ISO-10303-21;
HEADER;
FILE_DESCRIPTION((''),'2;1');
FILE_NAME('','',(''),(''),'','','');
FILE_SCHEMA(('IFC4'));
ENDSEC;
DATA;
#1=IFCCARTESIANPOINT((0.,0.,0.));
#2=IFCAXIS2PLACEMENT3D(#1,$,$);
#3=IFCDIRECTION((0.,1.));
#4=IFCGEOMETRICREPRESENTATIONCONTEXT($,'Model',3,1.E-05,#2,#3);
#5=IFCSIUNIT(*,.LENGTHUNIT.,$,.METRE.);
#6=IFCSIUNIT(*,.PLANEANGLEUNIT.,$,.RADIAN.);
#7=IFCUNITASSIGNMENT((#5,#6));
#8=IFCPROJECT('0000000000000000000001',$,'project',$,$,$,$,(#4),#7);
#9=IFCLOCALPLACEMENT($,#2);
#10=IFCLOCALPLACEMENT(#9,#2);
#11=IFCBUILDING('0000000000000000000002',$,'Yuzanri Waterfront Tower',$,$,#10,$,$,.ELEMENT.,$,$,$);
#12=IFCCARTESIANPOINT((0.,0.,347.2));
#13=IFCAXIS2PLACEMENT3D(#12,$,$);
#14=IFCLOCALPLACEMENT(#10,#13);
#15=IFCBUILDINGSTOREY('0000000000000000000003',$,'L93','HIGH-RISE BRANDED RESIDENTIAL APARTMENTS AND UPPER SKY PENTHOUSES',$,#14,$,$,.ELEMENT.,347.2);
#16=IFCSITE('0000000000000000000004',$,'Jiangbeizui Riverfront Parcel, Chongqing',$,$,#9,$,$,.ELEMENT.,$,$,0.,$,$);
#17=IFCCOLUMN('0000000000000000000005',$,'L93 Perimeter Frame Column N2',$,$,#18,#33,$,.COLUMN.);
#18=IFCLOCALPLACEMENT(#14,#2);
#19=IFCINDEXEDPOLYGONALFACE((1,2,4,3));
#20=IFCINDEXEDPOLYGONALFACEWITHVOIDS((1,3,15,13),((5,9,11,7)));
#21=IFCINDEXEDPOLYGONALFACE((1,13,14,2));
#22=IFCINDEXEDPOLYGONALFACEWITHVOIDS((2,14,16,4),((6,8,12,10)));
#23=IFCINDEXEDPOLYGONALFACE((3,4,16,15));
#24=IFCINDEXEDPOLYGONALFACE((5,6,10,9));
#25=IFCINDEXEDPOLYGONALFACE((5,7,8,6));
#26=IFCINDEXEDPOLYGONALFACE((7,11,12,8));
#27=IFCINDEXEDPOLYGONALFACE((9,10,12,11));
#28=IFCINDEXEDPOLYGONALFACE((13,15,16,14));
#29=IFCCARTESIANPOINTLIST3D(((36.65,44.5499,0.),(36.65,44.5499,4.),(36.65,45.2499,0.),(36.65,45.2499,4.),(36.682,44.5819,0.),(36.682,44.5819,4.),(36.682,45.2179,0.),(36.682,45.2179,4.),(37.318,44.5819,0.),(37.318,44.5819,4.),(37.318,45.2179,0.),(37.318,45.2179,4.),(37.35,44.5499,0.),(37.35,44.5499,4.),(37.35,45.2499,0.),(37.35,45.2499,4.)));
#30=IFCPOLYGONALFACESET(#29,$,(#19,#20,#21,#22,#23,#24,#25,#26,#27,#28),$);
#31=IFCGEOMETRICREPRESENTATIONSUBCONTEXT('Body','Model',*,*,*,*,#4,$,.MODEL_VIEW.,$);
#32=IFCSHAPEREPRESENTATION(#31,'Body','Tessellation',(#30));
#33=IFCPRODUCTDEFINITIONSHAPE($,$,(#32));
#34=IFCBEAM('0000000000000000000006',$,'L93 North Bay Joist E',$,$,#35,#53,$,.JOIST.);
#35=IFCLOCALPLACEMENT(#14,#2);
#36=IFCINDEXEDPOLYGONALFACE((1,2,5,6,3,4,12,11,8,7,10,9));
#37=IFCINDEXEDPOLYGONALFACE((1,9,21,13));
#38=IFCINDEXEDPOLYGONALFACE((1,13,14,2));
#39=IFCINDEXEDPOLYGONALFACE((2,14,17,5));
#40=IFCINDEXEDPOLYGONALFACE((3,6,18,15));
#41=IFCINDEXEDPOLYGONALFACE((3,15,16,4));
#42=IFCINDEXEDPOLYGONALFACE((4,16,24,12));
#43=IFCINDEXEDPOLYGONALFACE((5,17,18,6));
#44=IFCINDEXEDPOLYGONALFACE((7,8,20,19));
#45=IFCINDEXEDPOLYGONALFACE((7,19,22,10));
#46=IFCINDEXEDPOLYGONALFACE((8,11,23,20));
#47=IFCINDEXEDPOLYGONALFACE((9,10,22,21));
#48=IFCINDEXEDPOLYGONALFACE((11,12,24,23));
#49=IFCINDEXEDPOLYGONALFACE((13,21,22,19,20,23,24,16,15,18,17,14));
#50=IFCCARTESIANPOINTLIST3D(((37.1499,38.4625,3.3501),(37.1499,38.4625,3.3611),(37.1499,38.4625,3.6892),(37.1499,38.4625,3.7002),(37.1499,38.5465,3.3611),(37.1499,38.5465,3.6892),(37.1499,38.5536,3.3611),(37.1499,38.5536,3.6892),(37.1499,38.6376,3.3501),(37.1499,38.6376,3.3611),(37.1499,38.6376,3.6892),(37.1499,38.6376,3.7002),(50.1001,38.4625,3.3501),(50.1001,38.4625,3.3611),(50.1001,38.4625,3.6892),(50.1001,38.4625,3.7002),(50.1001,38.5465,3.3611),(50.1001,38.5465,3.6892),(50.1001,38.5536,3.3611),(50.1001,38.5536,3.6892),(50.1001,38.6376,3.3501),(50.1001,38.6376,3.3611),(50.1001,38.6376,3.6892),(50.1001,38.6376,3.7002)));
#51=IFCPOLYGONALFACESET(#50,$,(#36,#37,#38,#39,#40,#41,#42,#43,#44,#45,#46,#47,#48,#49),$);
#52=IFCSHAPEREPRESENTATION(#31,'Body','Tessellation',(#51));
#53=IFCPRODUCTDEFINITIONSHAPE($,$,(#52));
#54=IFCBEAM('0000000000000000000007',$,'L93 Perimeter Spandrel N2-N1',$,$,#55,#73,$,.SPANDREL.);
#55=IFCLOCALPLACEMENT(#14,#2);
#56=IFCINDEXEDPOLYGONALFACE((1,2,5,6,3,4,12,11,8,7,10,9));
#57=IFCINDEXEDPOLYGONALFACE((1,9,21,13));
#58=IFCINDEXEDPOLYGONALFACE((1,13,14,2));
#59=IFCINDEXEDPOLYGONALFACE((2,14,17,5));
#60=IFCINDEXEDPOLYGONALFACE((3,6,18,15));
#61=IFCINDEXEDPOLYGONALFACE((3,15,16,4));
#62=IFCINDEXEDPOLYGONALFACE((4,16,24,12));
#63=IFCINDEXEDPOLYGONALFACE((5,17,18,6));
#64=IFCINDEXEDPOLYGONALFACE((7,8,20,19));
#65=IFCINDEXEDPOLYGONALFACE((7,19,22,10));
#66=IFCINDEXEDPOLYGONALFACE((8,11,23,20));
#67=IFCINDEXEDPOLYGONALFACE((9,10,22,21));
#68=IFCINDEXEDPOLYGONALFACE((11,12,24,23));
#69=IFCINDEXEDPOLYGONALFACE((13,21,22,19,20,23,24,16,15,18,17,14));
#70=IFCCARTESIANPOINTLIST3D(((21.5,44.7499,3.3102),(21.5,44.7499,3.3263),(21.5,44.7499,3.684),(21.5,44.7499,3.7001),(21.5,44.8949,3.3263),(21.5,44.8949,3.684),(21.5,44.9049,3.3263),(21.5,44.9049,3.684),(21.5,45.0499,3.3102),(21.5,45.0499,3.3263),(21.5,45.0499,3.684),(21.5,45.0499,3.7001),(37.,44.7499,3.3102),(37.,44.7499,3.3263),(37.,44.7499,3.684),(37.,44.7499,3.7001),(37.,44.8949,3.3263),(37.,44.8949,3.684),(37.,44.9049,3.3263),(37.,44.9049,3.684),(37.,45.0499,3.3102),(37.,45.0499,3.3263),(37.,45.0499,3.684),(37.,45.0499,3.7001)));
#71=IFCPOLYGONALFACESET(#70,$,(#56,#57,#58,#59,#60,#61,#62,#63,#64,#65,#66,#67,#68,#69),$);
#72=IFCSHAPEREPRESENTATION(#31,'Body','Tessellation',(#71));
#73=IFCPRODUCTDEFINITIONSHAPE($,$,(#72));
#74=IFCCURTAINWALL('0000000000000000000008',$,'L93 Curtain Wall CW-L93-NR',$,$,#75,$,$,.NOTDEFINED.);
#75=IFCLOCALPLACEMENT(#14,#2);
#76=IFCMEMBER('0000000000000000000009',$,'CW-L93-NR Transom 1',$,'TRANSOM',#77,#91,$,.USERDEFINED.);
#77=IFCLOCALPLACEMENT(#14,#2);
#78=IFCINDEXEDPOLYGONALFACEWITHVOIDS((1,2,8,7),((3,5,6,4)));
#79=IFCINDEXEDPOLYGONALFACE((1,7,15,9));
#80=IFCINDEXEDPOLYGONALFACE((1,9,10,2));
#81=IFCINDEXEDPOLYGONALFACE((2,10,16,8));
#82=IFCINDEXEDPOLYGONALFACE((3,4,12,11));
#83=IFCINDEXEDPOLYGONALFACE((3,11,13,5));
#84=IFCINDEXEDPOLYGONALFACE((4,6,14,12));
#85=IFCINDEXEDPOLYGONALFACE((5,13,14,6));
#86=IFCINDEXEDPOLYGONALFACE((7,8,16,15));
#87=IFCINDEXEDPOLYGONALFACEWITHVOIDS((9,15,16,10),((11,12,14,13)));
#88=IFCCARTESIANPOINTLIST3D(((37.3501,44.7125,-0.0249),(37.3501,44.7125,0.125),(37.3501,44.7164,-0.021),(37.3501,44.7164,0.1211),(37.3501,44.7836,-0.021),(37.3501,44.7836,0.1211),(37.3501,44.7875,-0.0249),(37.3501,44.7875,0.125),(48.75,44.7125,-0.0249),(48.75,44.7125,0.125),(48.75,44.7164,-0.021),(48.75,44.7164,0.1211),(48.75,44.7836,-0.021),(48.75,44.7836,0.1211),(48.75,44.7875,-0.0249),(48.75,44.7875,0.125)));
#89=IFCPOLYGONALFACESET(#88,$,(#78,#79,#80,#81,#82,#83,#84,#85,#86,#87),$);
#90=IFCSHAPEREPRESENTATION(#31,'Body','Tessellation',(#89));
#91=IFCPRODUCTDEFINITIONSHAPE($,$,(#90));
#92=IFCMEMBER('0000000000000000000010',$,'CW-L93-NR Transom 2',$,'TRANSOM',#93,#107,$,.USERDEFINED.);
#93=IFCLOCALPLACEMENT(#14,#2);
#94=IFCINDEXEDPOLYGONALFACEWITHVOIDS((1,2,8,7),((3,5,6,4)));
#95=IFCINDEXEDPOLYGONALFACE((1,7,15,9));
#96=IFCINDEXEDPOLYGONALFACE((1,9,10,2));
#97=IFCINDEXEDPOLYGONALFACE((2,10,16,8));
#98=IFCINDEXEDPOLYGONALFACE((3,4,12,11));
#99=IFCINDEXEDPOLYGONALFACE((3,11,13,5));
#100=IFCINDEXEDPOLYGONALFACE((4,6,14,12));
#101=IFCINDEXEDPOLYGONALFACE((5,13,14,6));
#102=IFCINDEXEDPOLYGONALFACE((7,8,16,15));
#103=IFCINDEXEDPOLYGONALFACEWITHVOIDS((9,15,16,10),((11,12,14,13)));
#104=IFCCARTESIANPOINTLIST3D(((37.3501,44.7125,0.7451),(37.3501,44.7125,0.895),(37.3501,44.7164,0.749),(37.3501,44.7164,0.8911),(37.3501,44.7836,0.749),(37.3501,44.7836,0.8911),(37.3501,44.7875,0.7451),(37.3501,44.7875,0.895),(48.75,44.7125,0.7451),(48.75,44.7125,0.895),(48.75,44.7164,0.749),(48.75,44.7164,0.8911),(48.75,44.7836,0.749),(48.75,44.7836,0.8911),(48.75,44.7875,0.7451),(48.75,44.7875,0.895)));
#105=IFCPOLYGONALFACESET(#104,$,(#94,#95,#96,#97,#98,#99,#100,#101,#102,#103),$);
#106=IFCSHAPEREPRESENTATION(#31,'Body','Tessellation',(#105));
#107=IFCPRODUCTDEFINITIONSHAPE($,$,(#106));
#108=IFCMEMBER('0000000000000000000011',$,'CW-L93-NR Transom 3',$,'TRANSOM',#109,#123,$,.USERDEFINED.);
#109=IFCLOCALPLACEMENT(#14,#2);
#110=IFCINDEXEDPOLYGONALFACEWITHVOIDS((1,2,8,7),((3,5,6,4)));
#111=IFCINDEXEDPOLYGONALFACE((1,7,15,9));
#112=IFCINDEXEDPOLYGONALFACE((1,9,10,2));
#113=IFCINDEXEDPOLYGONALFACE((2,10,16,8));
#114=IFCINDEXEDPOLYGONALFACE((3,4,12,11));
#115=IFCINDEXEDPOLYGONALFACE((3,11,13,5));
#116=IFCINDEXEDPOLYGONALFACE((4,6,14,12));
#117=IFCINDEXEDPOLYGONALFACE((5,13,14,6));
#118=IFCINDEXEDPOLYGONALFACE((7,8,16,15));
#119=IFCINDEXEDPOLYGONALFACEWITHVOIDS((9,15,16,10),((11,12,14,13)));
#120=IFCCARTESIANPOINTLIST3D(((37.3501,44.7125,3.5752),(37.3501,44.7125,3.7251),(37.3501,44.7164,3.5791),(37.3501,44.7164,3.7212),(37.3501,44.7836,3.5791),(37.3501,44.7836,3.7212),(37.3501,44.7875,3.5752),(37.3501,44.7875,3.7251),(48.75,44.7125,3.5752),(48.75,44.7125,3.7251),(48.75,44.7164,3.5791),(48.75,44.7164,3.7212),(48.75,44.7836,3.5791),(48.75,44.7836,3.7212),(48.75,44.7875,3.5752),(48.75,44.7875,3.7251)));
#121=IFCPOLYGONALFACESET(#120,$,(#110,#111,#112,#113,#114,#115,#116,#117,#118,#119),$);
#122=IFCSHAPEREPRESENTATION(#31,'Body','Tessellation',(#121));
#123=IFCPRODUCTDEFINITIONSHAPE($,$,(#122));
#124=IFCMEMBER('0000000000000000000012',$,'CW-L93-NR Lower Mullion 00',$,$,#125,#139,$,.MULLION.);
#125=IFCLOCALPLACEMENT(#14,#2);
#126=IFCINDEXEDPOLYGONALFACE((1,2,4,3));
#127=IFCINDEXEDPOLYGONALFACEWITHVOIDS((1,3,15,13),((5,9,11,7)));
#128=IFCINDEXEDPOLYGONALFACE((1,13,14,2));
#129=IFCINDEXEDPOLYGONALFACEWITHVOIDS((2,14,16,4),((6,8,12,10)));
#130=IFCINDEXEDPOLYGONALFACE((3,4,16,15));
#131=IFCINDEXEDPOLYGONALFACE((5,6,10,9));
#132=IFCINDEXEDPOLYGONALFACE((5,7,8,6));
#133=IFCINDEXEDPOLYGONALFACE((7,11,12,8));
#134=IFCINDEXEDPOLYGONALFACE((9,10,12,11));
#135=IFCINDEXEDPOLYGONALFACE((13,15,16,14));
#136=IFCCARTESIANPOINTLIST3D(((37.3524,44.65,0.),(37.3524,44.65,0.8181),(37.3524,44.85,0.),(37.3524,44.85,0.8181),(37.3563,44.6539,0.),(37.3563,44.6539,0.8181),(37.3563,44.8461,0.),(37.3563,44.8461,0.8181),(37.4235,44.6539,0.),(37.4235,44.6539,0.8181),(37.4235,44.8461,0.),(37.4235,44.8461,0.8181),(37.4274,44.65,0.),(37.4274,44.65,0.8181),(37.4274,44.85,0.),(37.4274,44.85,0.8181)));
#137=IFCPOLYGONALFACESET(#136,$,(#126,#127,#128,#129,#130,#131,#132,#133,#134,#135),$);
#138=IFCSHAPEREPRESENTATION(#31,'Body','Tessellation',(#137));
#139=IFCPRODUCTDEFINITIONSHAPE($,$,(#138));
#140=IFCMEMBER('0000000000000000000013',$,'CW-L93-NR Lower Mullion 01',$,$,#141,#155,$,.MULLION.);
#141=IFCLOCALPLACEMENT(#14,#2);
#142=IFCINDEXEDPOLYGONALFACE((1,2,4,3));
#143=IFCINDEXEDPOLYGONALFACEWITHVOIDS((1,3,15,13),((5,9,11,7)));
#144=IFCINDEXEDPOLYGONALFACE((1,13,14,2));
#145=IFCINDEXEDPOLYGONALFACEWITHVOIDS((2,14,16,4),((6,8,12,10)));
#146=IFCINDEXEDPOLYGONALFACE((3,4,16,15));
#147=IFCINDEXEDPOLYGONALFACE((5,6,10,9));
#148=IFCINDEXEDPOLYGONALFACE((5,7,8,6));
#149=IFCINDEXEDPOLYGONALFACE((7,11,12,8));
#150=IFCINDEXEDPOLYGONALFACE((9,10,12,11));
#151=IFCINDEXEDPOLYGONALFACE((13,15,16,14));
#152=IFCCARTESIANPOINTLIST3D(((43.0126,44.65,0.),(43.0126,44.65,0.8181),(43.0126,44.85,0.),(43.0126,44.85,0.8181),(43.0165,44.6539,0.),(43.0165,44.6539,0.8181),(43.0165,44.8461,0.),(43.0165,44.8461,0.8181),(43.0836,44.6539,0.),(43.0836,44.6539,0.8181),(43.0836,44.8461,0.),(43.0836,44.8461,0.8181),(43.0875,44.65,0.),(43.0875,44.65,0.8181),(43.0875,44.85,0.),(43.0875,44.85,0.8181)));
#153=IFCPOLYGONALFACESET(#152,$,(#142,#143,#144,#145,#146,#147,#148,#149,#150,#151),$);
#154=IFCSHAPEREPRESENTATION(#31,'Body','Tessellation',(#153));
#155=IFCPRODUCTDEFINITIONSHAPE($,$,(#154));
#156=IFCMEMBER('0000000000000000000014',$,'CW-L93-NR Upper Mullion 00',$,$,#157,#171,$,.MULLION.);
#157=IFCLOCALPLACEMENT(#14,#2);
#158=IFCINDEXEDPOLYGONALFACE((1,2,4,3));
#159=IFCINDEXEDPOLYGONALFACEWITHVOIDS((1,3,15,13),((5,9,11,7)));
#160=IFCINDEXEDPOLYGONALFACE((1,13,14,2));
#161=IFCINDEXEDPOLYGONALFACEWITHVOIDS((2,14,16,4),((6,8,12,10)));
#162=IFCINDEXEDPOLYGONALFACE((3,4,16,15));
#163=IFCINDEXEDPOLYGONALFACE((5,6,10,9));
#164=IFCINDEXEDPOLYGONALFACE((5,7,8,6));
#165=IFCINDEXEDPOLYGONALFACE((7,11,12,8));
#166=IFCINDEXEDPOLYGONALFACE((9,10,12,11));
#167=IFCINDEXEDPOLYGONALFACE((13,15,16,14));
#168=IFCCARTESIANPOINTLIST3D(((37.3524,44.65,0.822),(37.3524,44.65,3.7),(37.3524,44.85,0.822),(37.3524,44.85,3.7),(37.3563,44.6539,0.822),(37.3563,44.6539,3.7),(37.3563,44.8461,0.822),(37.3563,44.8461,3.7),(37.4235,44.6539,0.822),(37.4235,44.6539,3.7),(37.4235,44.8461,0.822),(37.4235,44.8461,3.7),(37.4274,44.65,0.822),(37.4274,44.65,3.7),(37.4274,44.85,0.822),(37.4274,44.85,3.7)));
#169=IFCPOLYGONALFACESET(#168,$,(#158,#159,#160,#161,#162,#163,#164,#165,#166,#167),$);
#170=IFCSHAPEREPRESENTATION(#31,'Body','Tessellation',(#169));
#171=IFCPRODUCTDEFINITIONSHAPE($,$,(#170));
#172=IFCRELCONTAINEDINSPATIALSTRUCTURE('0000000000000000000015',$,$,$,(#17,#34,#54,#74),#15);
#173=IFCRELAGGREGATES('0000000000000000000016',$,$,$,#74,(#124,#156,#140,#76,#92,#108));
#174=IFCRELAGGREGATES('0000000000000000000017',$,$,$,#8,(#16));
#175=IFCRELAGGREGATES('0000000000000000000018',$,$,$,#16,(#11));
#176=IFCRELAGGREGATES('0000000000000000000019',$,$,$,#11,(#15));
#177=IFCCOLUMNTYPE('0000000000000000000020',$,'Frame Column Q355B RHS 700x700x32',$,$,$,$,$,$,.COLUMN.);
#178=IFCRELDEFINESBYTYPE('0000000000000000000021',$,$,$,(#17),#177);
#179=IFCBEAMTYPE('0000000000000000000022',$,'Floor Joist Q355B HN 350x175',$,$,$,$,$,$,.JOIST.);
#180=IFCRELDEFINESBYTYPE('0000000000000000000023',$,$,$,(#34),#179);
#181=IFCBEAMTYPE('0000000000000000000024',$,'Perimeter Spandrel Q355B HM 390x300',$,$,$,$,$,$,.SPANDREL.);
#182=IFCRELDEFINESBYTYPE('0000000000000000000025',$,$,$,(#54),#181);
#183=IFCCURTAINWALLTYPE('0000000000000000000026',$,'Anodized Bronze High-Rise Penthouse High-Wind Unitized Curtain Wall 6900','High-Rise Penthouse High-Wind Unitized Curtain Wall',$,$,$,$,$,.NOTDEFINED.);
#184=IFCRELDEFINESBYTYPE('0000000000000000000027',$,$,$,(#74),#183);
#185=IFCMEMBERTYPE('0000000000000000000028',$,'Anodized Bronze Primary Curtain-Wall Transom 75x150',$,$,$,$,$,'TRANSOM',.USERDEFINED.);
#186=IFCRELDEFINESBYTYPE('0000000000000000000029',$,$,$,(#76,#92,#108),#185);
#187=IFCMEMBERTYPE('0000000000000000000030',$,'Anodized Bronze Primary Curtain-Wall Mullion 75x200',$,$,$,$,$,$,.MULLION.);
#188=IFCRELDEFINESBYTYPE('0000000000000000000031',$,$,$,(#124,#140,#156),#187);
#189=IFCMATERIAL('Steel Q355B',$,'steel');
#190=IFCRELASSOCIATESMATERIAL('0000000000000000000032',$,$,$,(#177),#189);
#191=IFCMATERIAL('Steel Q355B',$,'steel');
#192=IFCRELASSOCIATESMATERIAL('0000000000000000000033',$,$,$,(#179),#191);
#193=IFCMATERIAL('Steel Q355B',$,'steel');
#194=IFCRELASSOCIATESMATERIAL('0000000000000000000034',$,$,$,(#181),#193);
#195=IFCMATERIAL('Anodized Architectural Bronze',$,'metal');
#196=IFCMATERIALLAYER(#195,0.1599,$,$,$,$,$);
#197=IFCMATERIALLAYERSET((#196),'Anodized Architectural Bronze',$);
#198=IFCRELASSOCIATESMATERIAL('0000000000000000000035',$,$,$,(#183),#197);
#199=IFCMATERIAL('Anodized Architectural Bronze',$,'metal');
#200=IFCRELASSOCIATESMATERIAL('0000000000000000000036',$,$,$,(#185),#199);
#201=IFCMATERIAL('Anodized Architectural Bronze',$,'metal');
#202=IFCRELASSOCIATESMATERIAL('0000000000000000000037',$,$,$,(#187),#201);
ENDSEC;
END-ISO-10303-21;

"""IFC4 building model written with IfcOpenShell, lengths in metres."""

from ifc_helpers import new_model, si_unit, direction, frame, origin, origin_2d, place, context, subcontext, project, spatial, hollow_rectangle, i_section, extrude, source, transform, mapped, material, layer, layer_set, material_profile, profile_set, type_object, element, aggregate, save


model = new_model("IFC4")

# Units and contexts
model_context = context("Model", 3, precision=1e-05, world=origin(), true_north=direction((0.0, 1.0)))
body_context = subcontext(model_context, "Body", "Model", "MODEL_VIEW")
ifc_project = project(units=[si_unit("LENGTHUNIT", "METRE"), si_unit("PLANEANGLEUNIT", "RADIAN")], contexts=[model_context])

# Site, building, storey
site_placement = place(None, origin())
site = spatial("IfcSite", under=ifc_project, at=site_placement, Name="Jiangbeizui Riverfront Parcel, Chongqing", CompositionType="ELEMENT", RefElevation=0.0)
building_placement = place(site_placement, origin())
building = spatial("IfcBuilding", under=site, at=building_placement, Name="Yuzanri Waterfront Tower", CompositionType="ELEMENT")
storey_placement = place(building_placement, frame((0.0, 0.0, 347.2)))
storey = spatial("IfcBuildingStorey", under=building, at=storey_placement, Name="L93", Description="HIGH-RISE BRANDED RESIDENTIAL APARTMENTS AND UPPER SKY PENTHOUSES", CompositionType="ELEMENT", Elevation=347.2)

# Column
ifc_material_1 = material(Name="Steel Q355B", Category="steel")
ifc_material_profile_1 = material_profile(ifc_material_1, hollow_rectangle(XDim=0.7, YDim=0.7, WallThickness=0.032, at=origin_2d()), Name="RHS 700x700x32")
ifc_profile_set_1 = profile_set([ifc_material_profile_1], Name="Steel Q355B")
column_type = type_object("IfcColumnType", Name="Frame Column Q355B RHS 700x700x32", PredefinedType="COLUMN", material=ifc_profile_set_1)
shared_shape_1 = source(origin(), body_context, "Body", "SweptSolid", [
    extrude(hollow_rectangle(XDim=0.7, YDim=0.7, WallThickness=0.032, at=origin_2d()), origin(), (0.0, 0.0, 1.0), 4.0),
])
column_placement = place(storey_placement, frame((37.0, 44.8999, 0.0), z_axis=(0.0, 0.0, 1.0), x_axis=(1.0, 0.0, 0.0)))
element("IfcColumn", 1, at=column_placement, inside=storey, type_object=column_type, Name="L93 Perimeter Frame Column N2", PredefinedType="COLUMN", context=body_context, shape_type="MappedRepresentation", body=[
    mapped(shared_shape_1, transform((0.0, 0.0, 0.0), scale=1.0)),
])

# Beams
ifc_material_2 = material(Name="Steel Q355B", Category="steel")
ifc_material_profile_2 = material_profile(ifc_material_2, i_section(OverallWidth=0.175, OverallDepth=0.3501, WebThickness=0.0071, FlangeThickness=0.011, at=origin_2d()), Name="HN 350x175x7x11")
ifc_profile_set_2 = profile_set([ifc_material_profile_2], Name="Steel Q355B")
beam_type_1 = type_object("IfcBeamType", Name="Floor Joist Q355B HN 350x175", PredefinedType="JOIST", material=ifc_profile_set_2)
shared_shape_2 = source(origin(), body_context, "Body", "SweptSolid", [
    extrude(i_section(OverallWidth=0.175, OverallDepth=0.3501, WebThickness=0.0071, FlangeThickness=0.011, at=origin_2d()), origin(), (0.0, 0.0, 1.0), 12.9502),
])
beam_1_placement = place(storey_placement, frame((37.1499, 38.55, 3.5251), z_axis=(1.0, 0.0, 0.0), x_axis=(0.0, 1.0, 0.0)))
element("IfcBeam", 2, at=beam_1_placement, inside=storey, type_object=beam_type_1, Name="L93 North Bay Joist E", PredefinedType="JOIST", context=body_context, shape_type="MappedRepresentation", body=[
    mapped(shared_shape_2, transform((0.0, 0.0, 0.0), scale=1.0)),
])
ifc_material_3 = material(Name="Steel Q355B", Category="steel")
ifc_material_profile_3 = material_profile(ifc_material_3, i_section(OverallWidth=0.3, OverallDepth=0.3899, WebThickness=0.01, FlangeThickness=0.0161, at=origin_2d()), Name="HM 390x300x10x16")
ifc_profile_set_3 = profile_set([ifc_material_profile_3], Name="Steel Q355B")
beam_type_2 = type_object("IfcBeamType", Name="Perimeter Spandrel Q355B HM 390x300", PredefinedType="SPANDREL", material=ifc_profile_set_3)
shared_shape_3 = source(origin(), body_context, "Body", "SweptSolid", [
    extrude(i_section(OverallWidth=0.3, OverallDepth=0.3899, WebThickness=0.01, FlangeThickness=0.0161, at=origin_2d()), origin(), (0.0, 0.0, 1.0), 15.5),
])
beam_2_placement = place(storey_placement, frame((37.0, 44.8999, 3.5051), z_axis=(-1.0, 0.0, 0.0), x_axis=(0.0, -1.0, 0.0)))
element("IfcBeam", 3, at=beam_2_placement, inside=storey, type_object=beam_type_2, Name="L93 Perimeter Spandrel N2-N1", PredefinedType="SPANDREL", context=body_context, shape_type="MappedRepresentation", body=[
    mapped(shared_shape_3, transform((0.0, 0.0, 0.0), scale=1.0)),
])

# Curtain wall, members
ifc_material_4 = material(Name="Anodized Architectural Bronze", Category="metal")
ifc_layer_1 = layer(ifc_material_4, 0.1599)
ifc_layer_set_1 = layer_set([ifc_layer_1], Name="Anodized Architectural Bronze")
curtain_wall_type = type_object("IfcCurtainWallType", Name="Anodized Bronze High-Rise Penthouse High-Wind Unitized Curtain Wall 6900", Description="High-Rise Penthouse High-Wind Unitized Curtain Wall", PredefinedType="NOTDEFINED", material=ifc_layer_set_1)
curtain_wall_placement = place(storey_placement, origin())
curtain_wall = element("IfcCurtainWall", 4, at=curtain_wall_placement, inside=storey, type_object=curtain_wall_type, Name="L93 Curtain Wall CW-L93-NR", PredefinedType="NOTDEFINED")
ifc_material_5 = material(Name="Anodized Architectural Bronze", Category="metal")
ifc_material_profile_4 = material_profile(ifc_material_5, hollow_rectangle(XDim=0.075, YDim=0.1499, WallThickness=0.0039, at=origin_2d()), Name="CWT 75x150")
ifc_profile_set_4 = profile_set([ifc_material_profile_4], Name="Anodized Architectural Bronze")
member_type_1 = type_object("IfcMemberType", Name="Anodized Bronze Primary Curtain-Wall Transom 75x150", ElementType="TRANSOM", PredefinedType="USERDEFINED", material=ifc_profile_set_4)
shared_shape_4 = source(origin(), body_context, "Body", "SweptSolid", [
    extrude(hollow_rectangle(XDim=0.075, YDim=0.1499, WallThickness=0.0039, at=origin_2d()), origin(), (0.0, 0.0, 1.0), 11.3999),
])
member_1_placement = place(storey_placement, frame((37.3501, 44.75, 0.05), z_axis=(1.0, 0.0, 0.0), x_axis=(0.0, 1.0, 0.0)))
member_1 = element("IfcMember", 5, at=member_1_placement, type_object=member_type_1, Name="CW-L93-NR Transom 1", ObjectType="TRANSOM", PredefinedType="USERDEFINED", context=body_context, shape_type="MappedRepresentation", body=[
    mapped(shared_shape_4, transform((0.0, 0.0, 0.0), scale=1.0)),
])
member_2_placement = place(storey_placement, frame((37.3501, 44.75, 0.8201), z_axis=(1.0, 0.0, 0.0), x_axis=(0.0, 1.0, 0.0)))
member_2 = element("IfcMember", 6, at=member_2_placement, type_object=member_type_1, Name="CW-L93-NR Transom 2", ObjectType="TRANSOM", PredefinedType="USERDEFINED", context=body_context, shape_type="MappedRepresentation", body=[
    mapped(shared_shape_4, transform((0.0, 0.0, 0.0), scale=1.0)),
])
member_3_placement = place(storey_placement, frame((37.3501, 44.75, 3.6501), z_axis=(1.0, 0.0, 0.0), x_axis=(0.0, 1.0, 0.0)))
member_3 = element("IfcMember", 7, at=member_3_placement, type_object=member_type_1, Name="CW-L93-NR Transom 3", ObjectType="TRANSOM", PredefinedType="USERDEFINED", context=body_context, shape_type="MappedRepresentation", body=[
    mapped(shared_shape_4, transform((0.0, 0.0, 0.0), scale=1.0)),
])
ifc_material_6 = material(Name="Anodized Architectural Bronze", Category="metal")
ifc_material_profile_5 = material_profile(ifc_material_6, hollow_rectangle(XDim=0.075, YDim=0.2, WallThickness=0.0039, at=origin_2d()), Name="CWM 75x200")
ifc_profile_set_5 = profile_set([ifc_material_profile_5], Name="Anodized Architectural Bronze")
member_type_2 = type_object("IfcMemberType", Name="Anodized Bronze Primary Curtain-Wall Mullion 75x200", PredefinedType="MULLION", material=ifc_profile_set_5)
shared_shape_5 = source(origin(), body_context, "Body", "SweptSolid", [
    extrude(hollow_rectangle(XDim=0.075, YDim=0.2, WallThickness=0.0039, at=origin_2d()), origin(), (0.0, 0.0, 1.0), 0.8181),
])
member_4_placement = place(storey_placement, frame((37.3899, 44.75, 0.0), z_axis=(0.0, 0.0, 1.0), x_axis=(1.0, 0.0, 0.0)))
member_4 = element("IfcMember", 8, at=member_4_placement, type_object=member_type_2, Name="CW-L93-NR Lower Mullion 00", PredefinedType="MULLION", context=body_context, shape_type="MappedRepresentation", body=[
    mapped(shared_shape_5, transform((0.0, 0.0, 0.0), scale=1.0)),
])
member_5_placement = place(storey_placement, frame((43.05, 44.75, 0.0), z_axis=(0.0, 0.0, 1.0), x_axis=(1.0, 0.0, 0.0)))
member_5 = element("IfcMember", 9, at=member_5_placement, type_object=member_type_2, Name="CW-L93-NR Lower Mullion 01", PredefinedType="MULLION", context=body_context, shape_type="MappedRepresentation", body=[
    mapped(shared_shape_5, transform((0.0, 0.0, 0.0), scale=1.0)),
])
shared_shape_6 = source(origin(), body_context, "Body", "SweptSolid", [
    extrude(hollow_rectangle(XDim=0.075, YDim=0.2, WallThickness=0.0039, at=origin_2d()), origin(), (0.0, 0.0, 1.0), 2.8779),
])
member_6_placement = place(storey_placement, frame((37.3899, 44.75, 0.822), z_axis=(0.0, 0.0, 1.0), x_axis=(1.0, 0.0, 0.0)))
member_6 = element("IfcMember", 10, at=member_6_placement, type_object=member_type_2, Name="CW-L93-NR Upper Mullion 00", PredefinedType="MULLION", context=body_context, shape_type="MappedRepresentation", body=[
    mapped(shared_shape_6, transform((0.0, 0.0, 0.0), scale=1.0)),
])

aggregate(curtain_wall, [member_4, member_6, member_5, member_1, member_2, member_3])

save(model, "model.ifc")
